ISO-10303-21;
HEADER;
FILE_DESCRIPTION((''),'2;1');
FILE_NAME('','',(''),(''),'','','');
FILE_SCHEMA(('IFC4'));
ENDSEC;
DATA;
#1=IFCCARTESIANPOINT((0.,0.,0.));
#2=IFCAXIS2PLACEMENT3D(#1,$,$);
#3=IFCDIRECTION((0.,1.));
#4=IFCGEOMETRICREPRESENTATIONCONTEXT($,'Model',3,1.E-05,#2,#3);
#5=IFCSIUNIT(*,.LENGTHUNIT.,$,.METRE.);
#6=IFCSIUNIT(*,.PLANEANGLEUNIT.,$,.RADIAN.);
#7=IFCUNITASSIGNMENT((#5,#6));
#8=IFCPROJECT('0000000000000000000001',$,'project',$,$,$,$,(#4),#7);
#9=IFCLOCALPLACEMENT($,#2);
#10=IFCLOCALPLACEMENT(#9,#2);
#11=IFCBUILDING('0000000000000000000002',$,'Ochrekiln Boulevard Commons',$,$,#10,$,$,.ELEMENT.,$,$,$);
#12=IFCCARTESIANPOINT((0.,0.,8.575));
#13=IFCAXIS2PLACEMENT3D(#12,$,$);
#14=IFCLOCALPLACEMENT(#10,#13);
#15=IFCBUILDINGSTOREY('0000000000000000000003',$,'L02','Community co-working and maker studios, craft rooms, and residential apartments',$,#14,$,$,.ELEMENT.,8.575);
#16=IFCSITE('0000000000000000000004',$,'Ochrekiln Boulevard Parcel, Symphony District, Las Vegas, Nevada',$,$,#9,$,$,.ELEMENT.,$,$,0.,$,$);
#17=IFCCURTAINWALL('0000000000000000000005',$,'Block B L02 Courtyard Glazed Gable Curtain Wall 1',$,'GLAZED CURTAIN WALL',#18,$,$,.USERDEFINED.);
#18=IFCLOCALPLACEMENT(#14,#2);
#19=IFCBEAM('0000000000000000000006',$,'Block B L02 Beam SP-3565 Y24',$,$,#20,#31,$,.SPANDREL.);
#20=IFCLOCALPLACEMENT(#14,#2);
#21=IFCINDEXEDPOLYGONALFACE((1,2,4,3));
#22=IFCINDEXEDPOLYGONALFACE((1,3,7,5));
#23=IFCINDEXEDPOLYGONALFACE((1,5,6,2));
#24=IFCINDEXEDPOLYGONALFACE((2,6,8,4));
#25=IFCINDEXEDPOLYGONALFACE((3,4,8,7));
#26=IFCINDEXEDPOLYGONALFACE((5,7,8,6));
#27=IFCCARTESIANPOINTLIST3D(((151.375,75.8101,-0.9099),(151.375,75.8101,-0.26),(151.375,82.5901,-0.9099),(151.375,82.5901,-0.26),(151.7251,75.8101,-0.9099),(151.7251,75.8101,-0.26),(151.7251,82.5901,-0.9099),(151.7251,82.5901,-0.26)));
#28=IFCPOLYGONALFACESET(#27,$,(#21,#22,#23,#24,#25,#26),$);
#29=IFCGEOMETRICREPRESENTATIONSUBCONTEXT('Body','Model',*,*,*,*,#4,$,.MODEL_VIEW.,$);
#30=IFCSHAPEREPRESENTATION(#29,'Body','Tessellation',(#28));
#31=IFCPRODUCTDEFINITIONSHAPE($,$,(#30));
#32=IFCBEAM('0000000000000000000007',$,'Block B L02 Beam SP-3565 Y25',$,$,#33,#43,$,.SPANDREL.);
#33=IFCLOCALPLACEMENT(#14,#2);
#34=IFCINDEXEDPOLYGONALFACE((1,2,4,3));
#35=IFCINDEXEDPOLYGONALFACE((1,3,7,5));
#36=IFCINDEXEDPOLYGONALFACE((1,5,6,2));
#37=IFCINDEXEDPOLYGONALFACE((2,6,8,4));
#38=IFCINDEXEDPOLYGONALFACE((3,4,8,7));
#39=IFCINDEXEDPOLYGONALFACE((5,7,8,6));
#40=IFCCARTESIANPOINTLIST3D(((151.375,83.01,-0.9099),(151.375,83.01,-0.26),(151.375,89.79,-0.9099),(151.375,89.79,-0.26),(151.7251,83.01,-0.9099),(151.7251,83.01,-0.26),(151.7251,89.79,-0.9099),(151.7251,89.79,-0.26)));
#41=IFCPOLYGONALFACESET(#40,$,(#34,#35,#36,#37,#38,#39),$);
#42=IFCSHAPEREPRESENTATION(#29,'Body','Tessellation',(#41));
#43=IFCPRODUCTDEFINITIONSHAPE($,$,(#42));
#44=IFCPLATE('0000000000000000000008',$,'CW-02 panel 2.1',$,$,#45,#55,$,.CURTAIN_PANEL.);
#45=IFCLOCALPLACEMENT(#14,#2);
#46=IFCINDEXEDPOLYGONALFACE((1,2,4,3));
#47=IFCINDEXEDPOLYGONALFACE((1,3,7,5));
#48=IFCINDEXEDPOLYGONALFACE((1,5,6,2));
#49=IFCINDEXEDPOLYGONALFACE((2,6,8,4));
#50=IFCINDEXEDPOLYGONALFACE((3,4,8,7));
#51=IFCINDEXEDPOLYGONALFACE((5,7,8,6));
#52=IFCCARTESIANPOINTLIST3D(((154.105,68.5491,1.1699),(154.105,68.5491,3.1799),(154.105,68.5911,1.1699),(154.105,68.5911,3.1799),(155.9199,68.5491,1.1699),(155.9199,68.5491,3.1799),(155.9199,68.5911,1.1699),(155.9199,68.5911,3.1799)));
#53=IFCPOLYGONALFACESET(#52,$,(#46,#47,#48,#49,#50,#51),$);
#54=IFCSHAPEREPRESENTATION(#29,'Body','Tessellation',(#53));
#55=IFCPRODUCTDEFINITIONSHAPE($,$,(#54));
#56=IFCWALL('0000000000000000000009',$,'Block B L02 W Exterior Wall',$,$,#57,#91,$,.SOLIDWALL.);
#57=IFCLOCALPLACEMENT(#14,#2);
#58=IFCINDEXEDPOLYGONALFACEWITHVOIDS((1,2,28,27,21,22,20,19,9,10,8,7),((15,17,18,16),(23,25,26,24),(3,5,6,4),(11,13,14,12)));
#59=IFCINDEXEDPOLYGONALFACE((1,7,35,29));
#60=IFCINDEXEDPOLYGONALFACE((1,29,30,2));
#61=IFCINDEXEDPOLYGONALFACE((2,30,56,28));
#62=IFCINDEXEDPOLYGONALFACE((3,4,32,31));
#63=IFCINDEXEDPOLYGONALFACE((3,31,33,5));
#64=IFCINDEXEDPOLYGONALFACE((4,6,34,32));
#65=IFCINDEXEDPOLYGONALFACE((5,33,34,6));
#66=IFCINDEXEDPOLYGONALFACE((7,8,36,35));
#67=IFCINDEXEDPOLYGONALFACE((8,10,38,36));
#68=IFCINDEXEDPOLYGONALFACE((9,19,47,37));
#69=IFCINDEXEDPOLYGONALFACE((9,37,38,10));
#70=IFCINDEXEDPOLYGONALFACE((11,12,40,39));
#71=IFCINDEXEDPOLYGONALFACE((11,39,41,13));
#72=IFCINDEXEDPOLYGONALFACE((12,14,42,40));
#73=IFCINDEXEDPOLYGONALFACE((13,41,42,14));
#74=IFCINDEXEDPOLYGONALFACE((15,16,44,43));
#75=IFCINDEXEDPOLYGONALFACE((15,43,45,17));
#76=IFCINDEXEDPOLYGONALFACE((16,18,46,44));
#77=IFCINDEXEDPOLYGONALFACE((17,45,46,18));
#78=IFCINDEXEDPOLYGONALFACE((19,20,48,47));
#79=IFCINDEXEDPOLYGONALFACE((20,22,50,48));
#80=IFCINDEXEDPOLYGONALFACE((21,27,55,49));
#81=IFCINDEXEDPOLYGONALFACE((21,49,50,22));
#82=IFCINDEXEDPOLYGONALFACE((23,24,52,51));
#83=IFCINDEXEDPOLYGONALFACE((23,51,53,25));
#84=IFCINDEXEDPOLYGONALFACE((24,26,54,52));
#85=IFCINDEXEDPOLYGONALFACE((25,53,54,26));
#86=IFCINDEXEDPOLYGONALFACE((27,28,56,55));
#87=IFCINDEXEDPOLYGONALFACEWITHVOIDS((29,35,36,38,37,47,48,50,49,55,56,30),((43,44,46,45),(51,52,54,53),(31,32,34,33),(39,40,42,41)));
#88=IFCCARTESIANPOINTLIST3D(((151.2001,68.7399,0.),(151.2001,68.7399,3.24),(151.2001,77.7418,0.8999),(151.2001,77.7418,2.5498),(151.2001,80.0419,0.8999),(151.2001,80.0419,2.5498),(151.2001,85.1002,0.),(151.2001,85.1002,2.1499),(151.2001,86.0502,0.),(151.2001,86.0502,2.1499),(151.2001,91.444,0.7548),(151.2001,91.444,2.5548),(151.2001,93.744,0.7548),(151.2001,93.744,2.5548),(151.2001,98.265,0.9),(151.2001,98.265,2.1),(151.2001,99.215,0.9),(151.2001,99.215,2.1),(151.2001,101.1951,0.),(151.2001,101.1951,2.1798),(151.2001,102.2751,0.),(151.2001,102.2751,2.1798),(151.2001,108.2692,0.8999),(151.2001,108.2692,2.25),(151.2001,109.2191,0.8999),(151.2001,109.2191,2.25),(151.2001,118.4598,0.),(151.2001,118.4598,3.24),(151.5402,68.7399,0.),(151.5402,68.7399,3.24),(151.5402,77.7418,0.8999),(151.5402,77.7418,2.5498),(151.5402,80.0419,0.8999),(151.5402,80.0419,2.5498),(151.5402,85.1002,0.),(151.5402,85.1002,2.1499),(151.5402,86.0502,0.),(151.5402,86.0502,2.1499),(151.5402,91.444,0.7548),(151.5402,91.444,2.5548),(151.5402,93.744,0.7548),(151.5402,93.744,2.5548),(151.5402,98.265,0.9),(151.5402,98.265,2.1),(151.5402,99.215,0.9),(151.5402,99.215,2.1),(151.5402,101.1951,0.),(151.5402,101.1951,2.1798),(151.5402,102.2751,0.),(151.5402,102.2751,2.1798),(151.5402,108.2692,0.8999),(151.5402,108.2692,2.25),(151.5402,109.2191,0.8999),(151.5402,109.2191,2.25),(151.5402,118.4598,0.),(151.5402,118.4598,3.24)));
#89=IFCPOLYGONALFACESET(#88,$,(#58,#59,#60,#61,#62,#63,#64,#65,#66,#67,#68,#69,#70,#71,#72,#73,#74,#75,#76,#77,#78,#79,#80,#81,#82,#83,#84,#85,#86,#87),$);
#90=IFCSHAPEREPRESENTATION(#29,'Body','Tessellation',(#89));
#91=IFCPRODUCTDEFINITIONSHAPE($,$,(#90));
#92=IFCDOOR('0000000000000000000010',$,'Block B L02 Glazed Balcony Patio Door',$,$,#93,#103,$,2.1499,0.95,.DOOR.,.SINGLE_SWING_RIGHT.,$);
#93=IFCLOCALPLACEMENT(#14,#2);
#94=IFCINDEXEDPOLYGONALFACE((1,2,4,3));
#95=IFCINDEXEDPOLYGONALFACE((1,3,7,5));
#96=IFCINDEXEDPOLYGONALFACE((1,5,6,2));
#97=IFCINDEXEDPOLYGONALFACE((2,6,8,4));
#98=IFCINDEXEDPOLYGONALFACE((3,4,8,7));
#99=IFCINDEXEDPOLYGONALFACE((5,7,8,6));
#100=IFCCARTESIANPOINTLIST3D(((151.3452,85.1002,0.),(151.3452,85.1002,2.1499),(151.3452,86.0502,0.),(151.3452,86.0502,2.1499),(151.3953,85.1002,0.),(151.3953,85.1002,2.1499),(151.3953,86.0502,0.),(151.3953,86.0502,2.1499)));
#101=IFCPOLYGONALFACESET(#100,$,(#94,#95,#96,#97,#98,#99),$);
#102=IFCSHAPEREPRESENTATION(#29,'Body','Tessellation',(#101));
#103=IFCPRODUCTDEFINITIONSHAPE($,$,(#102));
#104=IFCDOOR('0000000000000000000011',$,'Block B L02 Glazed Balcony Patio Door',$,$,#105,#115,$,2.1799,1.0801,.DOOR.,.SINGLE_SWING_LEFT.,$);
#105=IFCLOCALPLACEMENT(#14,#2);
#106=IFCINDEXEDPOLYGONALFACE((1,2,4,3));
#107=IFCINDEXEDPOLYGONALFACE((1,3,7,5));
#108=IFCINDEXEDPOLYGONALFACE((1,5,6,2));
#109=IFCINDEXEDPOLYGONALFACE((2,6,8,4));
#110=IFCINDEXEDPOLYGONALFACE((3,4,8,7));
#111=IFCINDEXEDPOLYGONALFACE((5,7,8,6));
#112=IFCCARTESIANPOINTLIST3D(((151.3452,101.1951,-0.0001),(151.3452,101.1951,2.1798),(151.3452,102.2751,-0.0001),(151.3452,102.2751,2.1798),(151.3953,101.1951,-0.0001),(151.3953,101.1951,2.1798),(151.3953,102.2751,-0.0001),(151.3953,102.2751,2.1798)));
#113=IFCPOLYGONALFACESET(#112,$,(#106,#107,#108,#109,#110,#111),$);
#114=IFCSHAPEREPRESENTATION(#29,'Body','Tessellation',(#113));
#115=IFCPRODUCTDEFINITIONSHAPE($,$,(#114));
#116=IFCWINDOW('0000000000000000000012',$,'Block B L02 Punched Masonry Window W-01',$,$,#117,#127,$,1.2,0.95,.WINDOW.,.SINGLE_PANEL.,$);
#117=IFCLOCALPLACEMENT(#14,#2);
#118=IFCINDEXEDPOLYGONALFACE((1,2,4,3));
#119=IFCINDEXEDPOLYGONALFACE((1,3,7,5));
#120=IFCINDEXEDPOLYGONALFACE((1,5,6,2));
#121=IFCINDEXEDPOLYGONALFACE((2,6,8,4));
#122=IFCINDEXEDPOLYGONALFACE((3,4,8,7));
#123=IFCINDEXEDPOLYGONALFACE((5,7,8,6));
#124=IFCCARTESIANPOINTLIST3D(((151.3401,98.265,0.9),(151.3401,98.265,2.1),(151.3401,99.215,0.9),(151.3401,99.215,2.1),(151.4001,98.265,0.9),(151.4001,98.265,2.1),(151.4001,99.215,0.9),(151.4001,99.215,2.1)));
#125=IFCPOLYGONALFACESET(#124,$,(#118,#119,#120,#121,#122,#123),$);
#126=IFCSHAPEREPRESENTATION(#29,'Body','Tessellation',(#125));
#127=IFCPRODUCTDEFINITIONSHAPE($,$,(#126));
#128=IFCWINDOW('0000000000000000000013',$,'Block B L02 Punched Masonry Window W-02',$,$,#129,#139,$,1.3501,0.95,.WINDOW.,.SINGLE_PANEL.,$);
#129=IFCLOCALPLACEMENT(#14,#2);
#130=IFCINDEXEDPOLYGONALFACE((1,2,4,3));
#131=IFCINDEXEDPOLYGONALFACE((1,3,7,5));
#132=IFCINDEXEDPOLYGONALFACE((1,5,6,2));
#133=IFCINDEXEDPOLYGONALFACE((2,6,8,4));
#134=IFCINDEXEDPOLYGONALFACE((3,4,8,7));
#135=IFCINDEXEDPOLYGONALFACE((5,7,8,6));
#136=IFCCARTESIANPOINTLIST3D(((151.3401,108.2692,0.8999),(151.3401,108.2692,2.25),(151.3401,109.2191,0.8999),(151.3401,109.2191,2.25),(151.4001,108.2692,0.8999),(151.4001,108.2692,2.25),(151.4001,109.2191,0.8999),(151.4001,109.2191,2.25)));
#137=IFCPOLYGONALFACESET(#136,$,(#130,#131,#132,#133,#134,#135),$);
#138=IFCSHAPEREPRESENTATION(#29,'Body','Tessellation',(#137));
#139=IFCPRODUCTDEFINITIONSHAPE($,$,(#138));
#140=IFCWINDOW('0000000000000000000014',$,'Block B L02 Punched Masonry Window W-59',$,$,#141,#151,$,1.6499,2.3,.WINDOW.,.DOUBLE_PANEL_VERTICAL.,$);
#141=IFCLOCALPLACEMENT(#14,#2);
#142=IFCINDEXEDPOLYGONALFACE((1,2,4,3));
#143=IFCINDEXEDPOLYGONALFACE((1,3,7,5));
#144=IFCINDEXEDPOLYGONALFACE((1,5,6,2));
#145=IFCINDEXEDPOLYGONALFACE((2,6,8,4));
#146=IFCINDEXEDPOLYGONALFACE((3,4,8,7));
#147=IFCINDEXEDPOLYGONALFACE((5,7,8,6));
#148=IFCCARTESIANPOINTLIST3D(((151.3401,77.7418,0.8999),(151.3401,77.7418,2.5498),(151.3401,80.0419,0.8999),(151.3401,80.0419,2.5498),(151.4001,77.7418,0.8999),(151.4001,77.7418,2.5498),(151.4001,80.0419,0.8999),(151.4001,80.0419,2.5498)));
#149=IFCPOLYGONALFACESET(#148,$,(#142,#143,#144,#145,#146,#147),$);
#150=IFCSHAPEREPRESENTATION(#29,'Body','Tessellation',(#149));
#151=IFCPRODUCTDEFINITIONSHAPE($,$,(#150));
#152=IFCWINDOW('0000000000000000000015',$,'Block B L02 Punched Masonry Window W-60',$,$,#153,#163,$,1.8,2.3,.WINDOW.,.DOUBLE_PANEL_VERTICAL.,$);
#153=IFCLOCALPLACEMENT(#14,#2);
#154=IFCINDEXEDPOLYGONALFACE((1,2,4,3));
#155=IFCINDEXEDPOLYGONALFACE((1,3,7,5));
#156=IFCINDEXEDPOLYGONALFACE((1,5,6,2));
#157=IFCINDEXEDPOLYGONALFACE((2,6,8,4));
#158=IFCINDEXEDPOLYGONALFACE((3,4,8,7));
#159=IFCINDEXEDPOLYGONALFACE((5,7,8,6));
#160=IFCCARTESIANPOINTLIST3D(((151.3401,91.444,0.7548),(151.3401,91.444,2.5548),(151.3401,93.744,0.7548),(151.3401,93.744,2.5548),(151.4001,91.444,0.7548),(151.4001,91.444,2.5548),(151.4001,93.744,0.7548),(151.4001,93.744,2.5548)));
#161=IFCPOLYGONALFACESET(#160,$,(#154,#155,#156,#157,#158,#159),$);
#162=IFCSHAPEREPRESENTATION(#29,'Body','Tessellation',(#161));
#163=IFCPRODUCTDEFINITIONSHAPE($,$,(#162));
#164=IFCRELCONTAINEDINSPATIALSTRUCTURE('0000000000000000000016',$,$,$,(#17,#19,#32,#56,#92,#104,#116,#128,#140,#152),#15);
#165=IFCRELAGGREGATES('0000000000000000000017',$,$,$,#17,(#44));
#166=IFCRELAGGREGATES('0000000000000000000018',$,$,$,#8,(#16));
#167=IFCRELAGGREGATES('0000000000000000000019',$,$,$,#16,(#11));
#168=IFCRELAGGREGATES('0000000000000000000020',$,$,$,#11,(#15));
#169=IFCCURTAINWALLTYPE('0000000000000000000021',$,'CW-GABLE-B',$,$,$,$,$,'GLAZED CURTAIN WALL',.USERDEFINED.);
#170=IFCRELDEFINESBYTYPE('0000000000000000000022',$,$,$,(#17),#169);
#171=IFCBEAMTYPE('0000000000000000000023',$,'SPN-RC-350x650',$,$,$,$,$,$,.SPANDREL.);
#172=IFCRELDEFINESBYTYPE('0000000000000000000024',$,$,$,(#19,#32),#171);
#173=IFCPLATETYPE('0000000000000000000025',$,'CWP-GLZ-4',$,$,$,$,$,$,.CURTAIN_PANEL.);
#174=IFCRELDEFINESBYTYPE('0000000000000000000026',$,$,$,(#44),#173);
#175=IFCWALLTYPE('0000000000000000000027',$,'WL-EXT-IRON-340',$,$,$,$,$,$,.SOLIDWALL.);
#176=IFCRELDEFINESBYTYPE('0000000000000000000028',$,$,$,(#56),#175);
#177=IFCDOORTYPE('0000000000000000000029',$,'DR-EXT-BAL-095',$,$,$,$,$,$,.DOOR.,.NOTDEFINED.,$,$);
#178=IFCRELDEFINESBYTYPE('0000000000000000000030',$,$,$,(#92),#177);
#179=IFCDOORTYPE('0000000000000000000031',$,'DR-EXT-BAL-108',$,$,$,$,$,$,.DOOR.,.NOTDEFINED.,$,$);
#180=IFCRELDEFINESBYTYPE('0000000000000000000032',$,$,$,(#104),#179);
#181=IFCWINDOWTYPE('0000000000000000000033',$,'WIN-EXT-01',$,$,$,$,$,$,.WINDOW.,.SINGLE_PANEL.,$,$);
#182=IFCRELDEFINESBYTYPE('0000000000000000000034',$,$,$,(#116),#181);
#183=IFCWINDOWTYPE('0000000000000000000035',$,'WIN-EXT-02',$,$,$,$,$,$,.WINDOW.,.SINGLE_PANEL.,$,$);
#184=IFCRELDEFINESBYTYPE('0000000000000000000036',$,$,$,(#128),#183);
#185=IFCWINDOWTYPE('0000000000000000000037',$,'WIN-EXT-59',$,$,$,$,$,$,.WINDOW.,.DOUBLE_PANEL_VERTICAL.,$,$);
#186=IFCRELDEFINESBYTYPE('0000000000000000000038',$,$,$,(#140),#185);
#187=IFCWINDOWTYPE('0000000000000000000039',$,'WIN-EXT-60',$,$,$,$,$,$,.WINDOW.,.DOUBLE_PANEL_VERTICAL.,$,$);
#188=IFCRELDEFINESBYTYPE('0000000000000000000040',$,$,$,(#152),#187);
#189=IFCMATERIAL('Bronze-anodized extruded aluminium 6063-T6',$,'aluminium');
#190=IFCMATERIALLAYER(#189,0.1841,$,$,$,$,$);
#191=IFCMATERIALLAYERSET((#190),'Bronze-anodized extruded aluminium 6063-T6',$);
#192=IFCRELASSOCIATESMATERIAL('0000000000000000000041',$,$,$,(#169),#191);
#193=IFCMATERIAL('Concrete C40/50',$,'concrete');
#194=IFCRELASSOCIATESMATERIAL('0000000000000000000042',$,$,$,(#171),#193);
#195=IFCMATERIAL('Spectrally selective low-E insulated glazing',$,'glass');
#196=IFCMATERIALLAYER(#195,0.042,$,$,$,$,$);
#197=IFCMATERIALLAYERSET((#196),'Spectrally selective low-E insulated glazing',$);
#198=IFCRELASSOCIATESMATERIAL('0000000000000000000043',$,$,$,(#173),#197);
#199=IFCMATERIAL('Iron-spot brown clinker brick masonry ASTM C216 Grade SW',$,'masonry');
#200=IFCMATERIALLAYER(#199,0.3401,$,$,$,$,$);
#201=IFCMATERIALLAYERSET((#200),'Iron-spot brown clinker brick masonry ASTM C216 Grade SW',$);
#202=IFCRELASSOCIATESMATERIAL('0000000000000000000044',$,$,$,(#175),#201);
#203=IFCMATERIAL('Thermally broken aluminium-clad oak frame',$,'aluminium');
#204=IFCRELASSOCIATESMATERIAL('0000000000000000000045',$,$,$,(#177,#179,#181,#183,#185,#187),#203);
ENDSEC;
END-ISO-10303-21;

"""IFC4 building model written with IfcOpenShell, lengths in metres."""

from ifc_helpers import new_model, si_unit, direction, frame, frame_2d, origin, origin_2d, place, context, subcontext, project, spatial, rectangle, extrude, material, layer, layer_set, material_profile, profile_set, type_object, element, fill, aggregate, save


model = new_model("IFC4")

# Units and contexts
model_context = context("Model", 3, precision=1e-05, world=origin(), true_north=direction((0.0, 1.0)))
body_context = subcontext(model_context, "Body", "Model", "MODEL_VIEW")
ifc_project = project(units=[si_unit("LENGTHUNIT", "METRE"), si_unit("PLANEANGLEUNIT", "RADIAN")], contexts=[model_context])

# Site, building, storey
site_placement = place(None, origin())
site = spatial("IfcSite", under=ifc_project, at=site_placement, Name="Ochrekiln Boulevard Parcel, Symphony District, Las Vegas, Nevada", CompositionType="ELEMENT", RefElevation=0.0)
building_placement = place(site_placement, origin())
building = spatial("IfcBuilding", under=site, at=building_placement, Name="Ochrekiln Boulevard Commons", CompositionType="ELEMENT")
storey_placement = place(building_placement, frame((0.0, 0.0, 8.575)))
storey = spatial("IfcBuildingStorey", under=building, at=storey_placement, Name="L02", Description="Community co-working and maker studios, craft rooms, and residential apartments", CompositionType="ELEMENT", Elevation=8.575)

# Shared definitions
ifc_material_1 = material(Name="Concrete C40/50", Category="concrete")

# Curtain wall
ifc_material_2 = material(Name="Bronze-anodized extruded aluminium 6063-T6", Category="aluminium")
ifc_layer_1 = layer(ifc_material_2, 0.1841)
ifc_layer_set_1 = layer_set([ifc_layer_1], Name="Bronze-anodized extruded aluminium 6063-T6")
curtain_wall_type = type_object("IfcCurtainWallType", Name="CW-GABLE-B", ElementType="GLAZED CURTAIN WALL", PredefinedType="USERDEFINED", material=ifc_layer_set_1)
curtain_wall_placement = place(storey_placement, origin())
curtain_wall = element("IfcCurtainWall", 1, at=curtain_wall_placement, inside=storey, type_object=curtain_wall_type, Name="Block B L02 Courtyard Glazed Gable Curtain Wall 1", ObjectType="GLAZED CURTAIN WALL", PredefinedType="USERDEFINED")

# Beams
ifc_material_profile_1 = material_profile(ifc_material_1, rectangle(XDim=0.3501, YDim=0.6499, at=origin_2d()), Name="RC-SPN-350x650")
ifc_profile_set_1 = profile_set([ifc_material_profile_1], Name="Concrete C40/50")
beam_type_1 = type_object("IfcBeamType", Name="SPN-RC-350x650", PredefinedType="SPANDREL", material=ifc_profile_set_1)
for number, where, z_axis, x_axis, name in (
    (2, (151.55, 75.8101, -0.585), (0.0, 1.0, 0.0), (-1.0, 0.0, 0.0), "Block B L02 Beam SP-3565 Y24"),
    (3, (151.55, 83.01, -0.585), (0.0, 1.0, 0.0), (-1.0, 0.0, 0.0), "Block B L02 Beam SP-3565 Y25"),
):
    element("IfcBeam", number, at=place(storey_placement, frame(where, z_axis=z_axis, x_axis=x_axis)), inside=storey, type_object=beam_type_1, Name=name, PredefinedType="SPANDREL", context=body_context, shape_type="SweptSolid", body=[
        extrude(rectangle(XDim=0.3501, YDim=0.6499, at=origin_2d()), origin(), (0.0, 0.0, 1.0), 6.78),
    ])

# Plate
ifc_material_3 = material(Name="Spectrally selective low-E insulated glazing", Category="glass")
ifc_layer_2 = layer(ifc_material_3, 0.042)
ifc_layer_set_2 = layer_set([ifc_layer_2], Name="Spectrally selective low-E insulated glazing")
plate_type = type_object("IfcPlateType", Name="CWP-GLZ-4", PredefinedType="CURTAIN_PANEL", material=ifc_layer_set_2)
plate_placement = place(storey_placement, frame((155.0125, 68.5701, 1.1699), z_axis=(0.0, 0.0, 1.0), x_axis=(1.0, 0.0, 0.0)))
plate = element("IfcPlate", 4, at=plate_placement, type_object=plate_type, Name="CW-02 panel 2.1", PredefinedType="CURTAIN_PANEL", context=body_context, shape_type="SweptSolid", body=[
    extrude(rectangle(XDim=1.8149, YDim=0.042, at=origin_2d()), origin(), (0.0, 0.0, 1.0), 2.01),
])
aggregate(curtain_wall, [plate])

# Wall, openings, doors, windows
ifc_material_4 = material(Name="Iron-spot brown clinker brick masonry ASTM C216 Grade SW", Category="masonry")
ifc_layer_3 = layer(ifc_material_4, 0.3401)
ifc_layer_set_3 = layer_set([ifc_layer_3], Name="Iron-spot brown clinker brick masonry ASTM C216 Grade SW")
wall_type_1 = type_object("IfcWallType", Name="WL-EXT-IRON-340", PredefinedType="SOLIDWALL", material=ifc_layer_set_3)
wall_1_placement = place(storey_placement, frame((151.3701, 68.74, 0.0), z_axis=(0.0, 0.0, 1.0), x_axis=(0.0, 1.0, 0.0)))
wall_1 = element("IfcWall", 5, at=wall_1_placement, inside=storey, type_object=wall_type_1, Name="Block B L02 W Exterior Wall", PredefinedType="SOLIDWALL", context=body_context, shape_type="SweptSolid", body=[
    extrude(rectangle(XDim=49.72, YDim=0.3401, at=frame_2d((24.8599, 0.0))), origin(), (0.0, 0.0, 1.0), 3.24),
])
opening_1_placement = place(wall_1_placement, frame((16.3601, 0.0, 0.0)))
opening_1 = element("IfcOpeningElement", 6, at=opening_1_placement, cuts=wall_1, PredefinedType="OPENING", context=body_context, shape_type="SweptSolid", body=[
    extrude(rectangle(XDim=0.95, YDim=2.1499, at=frame_2d((0.4751, 1.075))), frame((0.0, 0.1799, 0.0), z_axis=(0.0, -1.0, 0.0), x_axis=(1.0, 0.0, 0.0)), (0.0, 0.0, 1.0), 0.3601),
])
opening_2_placement = place(wall_1_placement, frame((9.002, 0.0, 0.8999)))
opening_2 = element("IfcOpeningElement", 7, at=opening_2_placement, cuts=wall_1, PredefinedType="OPENING", context=body_context, shape_type="SweptSolid", body=[
    extrude(rectangle(XDim=2.3, YDim=1.6499, at=frame_2d((1.1499, 0.825))), frame((0.0, 0.1799, 0.0), z_axis=(0.0, -1.0, 0.0), x_axis=(1.0, 0.0, 0.0)), (0.0, 0.0, 1.0), 0.3601),
])
opening_3_placement = place(wall_1_placement, frame((22.7041, 0.0, 0.7549)))
opening_3 = element("IfcOpeningElement", 8, at=opening_3_placement, cuts=wall_1, PredefinedType="OPENING", context=body_context, shape_type="SweptSolid", body=[
    extrude(rectangle(XDim=2.3, YDim=1.8, at=frame_2d((1.1499, 0.8999))), frame((0.0, 0.1799, 0.0), z_axis=(0.0, -1.0, 0.0), x_axis=(1.0, 0.0, 0.0)), (0.0, 0.0, 1.0), 0.3601),
])
opening_4_placement = place(wall_1_placement, frame((32.4551, 0.0, 0.0)))
opening_4 = element("IfcOpeningElement", 9, at=opening_4_placement, cuts=wall_1, PredefinedType="OPENING", context=body_context, shape_type="SweptSolid", body=[
    extrude(rectangle(XDim=1.0801, YDim=2.1799, at=frame_2d((0.54, 1.0898))), frame((0.0, 0.1799, 0.0), z_axis=(0.0, -1.0, 0.0), x_axis=(1.0, 0.0, 0.0)), (0.0, 0.0, 1.0), 0.3601),
])
opening_5_placement = place(wall_1_placement, frame((29.5249, 0.0, 0.8999)))
opening_5 = element("IfcOpeningElement", 10, at=opening_5_placement, cuts=wall_1, PredefinedType="OPENING", context=body_context, shape_type="SweptSolid", body=[
    extrude(rectangle(XDim=0.95, YDim=1.2, at=frame_2d((0.4751, 0.6001))), frame((0.0, 0.1799, 0.0), z_axis=(0.0, -1.0, 0.0), x_axis=(1.0, 0.0, 0.0)), (0.0, 0.0, 1.0), 0.3601),
])
opening_6_placement = place(wall_1_placement, frame((39.5291, 0.0, 0.8999)))
opening_6 = element("IfcOpeningElement", 11, at=opening_6_placement, cuts=wall_1, PredefinedType="OPENING", context=body_context, shape_type="SweptSolid", body=[
    extrude(rectangle(XDim=0.95, YDim=1.3501, at=frame_2d((0.4751, 0.675))), frame((0.0, 0.1799, 0.0), z_axis=(0.0, -1.0, 0.0), x_axis=(1.0, 0.0, 0.0)), (0.0, 0.0, 1.0), 0.3601),
])
ifc_material_5 = material(Name="Thermally broken aluminium-clad oak frame", Category="aluminium")
door_type_1 = type_object("IfcDoorType", Name="DR-EXT-BAL-095", OperationType="NOTDEFINED", PredefinedType="DOOR", material=ifc_material_5)
door_1_placement = place(opening_1_placement, origin())
door_1 = element("IfcDoor", 12, at=door_1_placement, inside=storey, type_object=door_type_1, Name="Block B L02 Glazed Balcony Patio Door", OperationType="SINGLE_SWING_RIGHT", OverallHeight=2.1499, OverallWidth=0.95, PredefinedType="DOOR", context=body_context, shape_type="SweptSolid", body=[
    extrude(rectangle(XDim=0.95, YDim=2.1499, at=frame_2d((0.4751, 1.075))), frame((0.0, 0.0249, 0.0), z_axis=(0.0, -1.0, 0.0), x_axis=(1.0, 0.0, 0.0)), (0.0, 0.0, 1.0), 0.05),
])
fill(opening_1, door_1)
door_type_2 = type_object("IfcDoorType", Name="DR-EXT-BAL-108", OperationType="NOTDEFINED", PredefinedType="DOOR", material=ifc_material_5)
door_2_placement = place(opening_4_placement, origin())
door_2 = element("IfcDoor", 13, at=door_2_placement, inside=storey, type_object=door_type_2, Name="Block B L02 Glazed Balcony Patio Door", OperationType="SINGLE_SWING_LEFT", OverallHeight=2.1799, OverallWidth=1.0801, PredefinedType="DOOR", context=body_context, shape_type="SweptSolid", body=[
    extrude(rectangle(XDim=1.0801, YDim=2.1799, at=frame_2d((0.54, 1.0898))), frame((0.0, 0.0249, 0.0), z_axis=(0.0, -1.0, 0.0), x_axis=(1.0, 0.0, 0.0)), (0.0, 0.0, 1.0), 0.05),
])
fill(opening_4, door_2)
window_type_1 = type_object("IfcWindowType", Name="WIN-EXT-01", PartitioningType="SINGLE_PANEL", PredefinedType="WINDOW", material=ifc_material_5)
window_1_placement = place(opening_5_placement, origin())
window_1 = element("IfcWindow", 14, at=window_1_placement, inside=storey, type_object=window_type_1, Name="Block B L02 Punched Masonry Window W-01", OverallHeight=1.2, OverallWidth=0.95, PartitioningType="SINGLE_PANEL", PredefinedType="WINDOW", context=body_context, shape_type="SweptSolid", body=[
    extrude(rectangle(XDim=0.95, YDim=1.2, at=frame_2d((0.4751, 0.6001))), frame((0.0, 0.03, 0.0), z_axis=(0.0, -1.0, 0.0), x_axis=(1.0, 0.0, 0.0)), (0.0, 0.0, 1.0), 0.0601),
])
fill(opening_5, window_1)
window_type_2 = type_object("IfcWindowType", Name="WIN-EXT-02", PartitioningType="SINGLE_PANEL", PredefinedType="WINDOW", material=ifc_material_5)
window_2_placement = place(opening_6_placement, origin())
window_2 = element("IfcWindow", 15, at=window_2_placement, inside=storey, type_object=window_type_2, Name="Block B L02 Punched Masonry Window W-02", OverallHeight=1.3501, OverallWidth=0.95, PartitioningType="SINGLE_PANEL", PredefinedType="WINDOW", context=body_context, shape_type="SweptSolid", body=[
    extrude(rectangle(XDim=0.95, YDim=1.3501, at=frame_2d((0.4751, 0.675))), frame((0.0, 0.03, 0.0), z_axis=(0.0, -1.0, 0.0), x_axis=(1.0, 0.0, 0.0)), (0.0, 0.0, 1.0), 0.0601),
])
fill(opening_6, window_2)
window_type_3 = type_object("IfcWindowType", Name="WIN-EXT-59", PartitioningType="DOUBLE_PANEL_VERTICAL", PredefinedType="WINDOW", material=ifc_material_5)
window_3_placement = place(opening_2_placement, origin())
window_3 = element("IfcWindow", 16, at=window_3_placement, inside=storey, type_object=window_type_3, Name="Block B L02 Punched Masonry Window W-59", OverallHeight=1.6499, OverallWidth=2.3, PartitioningType="DOUBLE_PANEL_VERTICAL", PredefinedType="WINDOW", context=body_context, shape_type="SweptSolid", body=[
    extrude(rectangle(XDim=2.3, YDim=1.6499, at=frame_2d((1.1499, 0.825))), frame((0.0, 0.03, 0.0), z_axis=(0.0, -1.0, 0.0), x_axis=(1.0, 0.0, 0.0)), (0.0, 0.0, 1.0), 0.0601),
])
fill(opening_2, window_3)
window_type_4 = type_object("IfcWindowType", Name="WIN-EXT-60", PartitioningType="DOUBLE_PANEL_VERTICAL", PredefinedType="WINDOW", material=ifc_material_5)
window_4_placement = place(opening_3_placement, origin())
window_4 = element("IfcWindow", 17, at=window_4_placement, inside=storey, type_object=window_type_4, Name="Block B L02 Punched Masonry Window W-60", OverallHeight=1.8, OverallWidth=2.3, PartitioningType="DOUBLE_PANEL_VERTICAL", PredefinedType="WINDOW", context=body_context, shape_type="SweptSolid", body=[
    extrude(rectangle(XDim=2.3, YDim=1.8, at=frame_2d((1.1499, 0.8999))), frame((0.0, 0.03, 0.0), z_axis=(0.0, -1.0, 0.0), x_axis=(1.0, 0.0, 0.0)), (0.0, 0.0, 1.0), 0.0601),
])
fill(opening_3, window_4)

save(model, "model.ifc")
